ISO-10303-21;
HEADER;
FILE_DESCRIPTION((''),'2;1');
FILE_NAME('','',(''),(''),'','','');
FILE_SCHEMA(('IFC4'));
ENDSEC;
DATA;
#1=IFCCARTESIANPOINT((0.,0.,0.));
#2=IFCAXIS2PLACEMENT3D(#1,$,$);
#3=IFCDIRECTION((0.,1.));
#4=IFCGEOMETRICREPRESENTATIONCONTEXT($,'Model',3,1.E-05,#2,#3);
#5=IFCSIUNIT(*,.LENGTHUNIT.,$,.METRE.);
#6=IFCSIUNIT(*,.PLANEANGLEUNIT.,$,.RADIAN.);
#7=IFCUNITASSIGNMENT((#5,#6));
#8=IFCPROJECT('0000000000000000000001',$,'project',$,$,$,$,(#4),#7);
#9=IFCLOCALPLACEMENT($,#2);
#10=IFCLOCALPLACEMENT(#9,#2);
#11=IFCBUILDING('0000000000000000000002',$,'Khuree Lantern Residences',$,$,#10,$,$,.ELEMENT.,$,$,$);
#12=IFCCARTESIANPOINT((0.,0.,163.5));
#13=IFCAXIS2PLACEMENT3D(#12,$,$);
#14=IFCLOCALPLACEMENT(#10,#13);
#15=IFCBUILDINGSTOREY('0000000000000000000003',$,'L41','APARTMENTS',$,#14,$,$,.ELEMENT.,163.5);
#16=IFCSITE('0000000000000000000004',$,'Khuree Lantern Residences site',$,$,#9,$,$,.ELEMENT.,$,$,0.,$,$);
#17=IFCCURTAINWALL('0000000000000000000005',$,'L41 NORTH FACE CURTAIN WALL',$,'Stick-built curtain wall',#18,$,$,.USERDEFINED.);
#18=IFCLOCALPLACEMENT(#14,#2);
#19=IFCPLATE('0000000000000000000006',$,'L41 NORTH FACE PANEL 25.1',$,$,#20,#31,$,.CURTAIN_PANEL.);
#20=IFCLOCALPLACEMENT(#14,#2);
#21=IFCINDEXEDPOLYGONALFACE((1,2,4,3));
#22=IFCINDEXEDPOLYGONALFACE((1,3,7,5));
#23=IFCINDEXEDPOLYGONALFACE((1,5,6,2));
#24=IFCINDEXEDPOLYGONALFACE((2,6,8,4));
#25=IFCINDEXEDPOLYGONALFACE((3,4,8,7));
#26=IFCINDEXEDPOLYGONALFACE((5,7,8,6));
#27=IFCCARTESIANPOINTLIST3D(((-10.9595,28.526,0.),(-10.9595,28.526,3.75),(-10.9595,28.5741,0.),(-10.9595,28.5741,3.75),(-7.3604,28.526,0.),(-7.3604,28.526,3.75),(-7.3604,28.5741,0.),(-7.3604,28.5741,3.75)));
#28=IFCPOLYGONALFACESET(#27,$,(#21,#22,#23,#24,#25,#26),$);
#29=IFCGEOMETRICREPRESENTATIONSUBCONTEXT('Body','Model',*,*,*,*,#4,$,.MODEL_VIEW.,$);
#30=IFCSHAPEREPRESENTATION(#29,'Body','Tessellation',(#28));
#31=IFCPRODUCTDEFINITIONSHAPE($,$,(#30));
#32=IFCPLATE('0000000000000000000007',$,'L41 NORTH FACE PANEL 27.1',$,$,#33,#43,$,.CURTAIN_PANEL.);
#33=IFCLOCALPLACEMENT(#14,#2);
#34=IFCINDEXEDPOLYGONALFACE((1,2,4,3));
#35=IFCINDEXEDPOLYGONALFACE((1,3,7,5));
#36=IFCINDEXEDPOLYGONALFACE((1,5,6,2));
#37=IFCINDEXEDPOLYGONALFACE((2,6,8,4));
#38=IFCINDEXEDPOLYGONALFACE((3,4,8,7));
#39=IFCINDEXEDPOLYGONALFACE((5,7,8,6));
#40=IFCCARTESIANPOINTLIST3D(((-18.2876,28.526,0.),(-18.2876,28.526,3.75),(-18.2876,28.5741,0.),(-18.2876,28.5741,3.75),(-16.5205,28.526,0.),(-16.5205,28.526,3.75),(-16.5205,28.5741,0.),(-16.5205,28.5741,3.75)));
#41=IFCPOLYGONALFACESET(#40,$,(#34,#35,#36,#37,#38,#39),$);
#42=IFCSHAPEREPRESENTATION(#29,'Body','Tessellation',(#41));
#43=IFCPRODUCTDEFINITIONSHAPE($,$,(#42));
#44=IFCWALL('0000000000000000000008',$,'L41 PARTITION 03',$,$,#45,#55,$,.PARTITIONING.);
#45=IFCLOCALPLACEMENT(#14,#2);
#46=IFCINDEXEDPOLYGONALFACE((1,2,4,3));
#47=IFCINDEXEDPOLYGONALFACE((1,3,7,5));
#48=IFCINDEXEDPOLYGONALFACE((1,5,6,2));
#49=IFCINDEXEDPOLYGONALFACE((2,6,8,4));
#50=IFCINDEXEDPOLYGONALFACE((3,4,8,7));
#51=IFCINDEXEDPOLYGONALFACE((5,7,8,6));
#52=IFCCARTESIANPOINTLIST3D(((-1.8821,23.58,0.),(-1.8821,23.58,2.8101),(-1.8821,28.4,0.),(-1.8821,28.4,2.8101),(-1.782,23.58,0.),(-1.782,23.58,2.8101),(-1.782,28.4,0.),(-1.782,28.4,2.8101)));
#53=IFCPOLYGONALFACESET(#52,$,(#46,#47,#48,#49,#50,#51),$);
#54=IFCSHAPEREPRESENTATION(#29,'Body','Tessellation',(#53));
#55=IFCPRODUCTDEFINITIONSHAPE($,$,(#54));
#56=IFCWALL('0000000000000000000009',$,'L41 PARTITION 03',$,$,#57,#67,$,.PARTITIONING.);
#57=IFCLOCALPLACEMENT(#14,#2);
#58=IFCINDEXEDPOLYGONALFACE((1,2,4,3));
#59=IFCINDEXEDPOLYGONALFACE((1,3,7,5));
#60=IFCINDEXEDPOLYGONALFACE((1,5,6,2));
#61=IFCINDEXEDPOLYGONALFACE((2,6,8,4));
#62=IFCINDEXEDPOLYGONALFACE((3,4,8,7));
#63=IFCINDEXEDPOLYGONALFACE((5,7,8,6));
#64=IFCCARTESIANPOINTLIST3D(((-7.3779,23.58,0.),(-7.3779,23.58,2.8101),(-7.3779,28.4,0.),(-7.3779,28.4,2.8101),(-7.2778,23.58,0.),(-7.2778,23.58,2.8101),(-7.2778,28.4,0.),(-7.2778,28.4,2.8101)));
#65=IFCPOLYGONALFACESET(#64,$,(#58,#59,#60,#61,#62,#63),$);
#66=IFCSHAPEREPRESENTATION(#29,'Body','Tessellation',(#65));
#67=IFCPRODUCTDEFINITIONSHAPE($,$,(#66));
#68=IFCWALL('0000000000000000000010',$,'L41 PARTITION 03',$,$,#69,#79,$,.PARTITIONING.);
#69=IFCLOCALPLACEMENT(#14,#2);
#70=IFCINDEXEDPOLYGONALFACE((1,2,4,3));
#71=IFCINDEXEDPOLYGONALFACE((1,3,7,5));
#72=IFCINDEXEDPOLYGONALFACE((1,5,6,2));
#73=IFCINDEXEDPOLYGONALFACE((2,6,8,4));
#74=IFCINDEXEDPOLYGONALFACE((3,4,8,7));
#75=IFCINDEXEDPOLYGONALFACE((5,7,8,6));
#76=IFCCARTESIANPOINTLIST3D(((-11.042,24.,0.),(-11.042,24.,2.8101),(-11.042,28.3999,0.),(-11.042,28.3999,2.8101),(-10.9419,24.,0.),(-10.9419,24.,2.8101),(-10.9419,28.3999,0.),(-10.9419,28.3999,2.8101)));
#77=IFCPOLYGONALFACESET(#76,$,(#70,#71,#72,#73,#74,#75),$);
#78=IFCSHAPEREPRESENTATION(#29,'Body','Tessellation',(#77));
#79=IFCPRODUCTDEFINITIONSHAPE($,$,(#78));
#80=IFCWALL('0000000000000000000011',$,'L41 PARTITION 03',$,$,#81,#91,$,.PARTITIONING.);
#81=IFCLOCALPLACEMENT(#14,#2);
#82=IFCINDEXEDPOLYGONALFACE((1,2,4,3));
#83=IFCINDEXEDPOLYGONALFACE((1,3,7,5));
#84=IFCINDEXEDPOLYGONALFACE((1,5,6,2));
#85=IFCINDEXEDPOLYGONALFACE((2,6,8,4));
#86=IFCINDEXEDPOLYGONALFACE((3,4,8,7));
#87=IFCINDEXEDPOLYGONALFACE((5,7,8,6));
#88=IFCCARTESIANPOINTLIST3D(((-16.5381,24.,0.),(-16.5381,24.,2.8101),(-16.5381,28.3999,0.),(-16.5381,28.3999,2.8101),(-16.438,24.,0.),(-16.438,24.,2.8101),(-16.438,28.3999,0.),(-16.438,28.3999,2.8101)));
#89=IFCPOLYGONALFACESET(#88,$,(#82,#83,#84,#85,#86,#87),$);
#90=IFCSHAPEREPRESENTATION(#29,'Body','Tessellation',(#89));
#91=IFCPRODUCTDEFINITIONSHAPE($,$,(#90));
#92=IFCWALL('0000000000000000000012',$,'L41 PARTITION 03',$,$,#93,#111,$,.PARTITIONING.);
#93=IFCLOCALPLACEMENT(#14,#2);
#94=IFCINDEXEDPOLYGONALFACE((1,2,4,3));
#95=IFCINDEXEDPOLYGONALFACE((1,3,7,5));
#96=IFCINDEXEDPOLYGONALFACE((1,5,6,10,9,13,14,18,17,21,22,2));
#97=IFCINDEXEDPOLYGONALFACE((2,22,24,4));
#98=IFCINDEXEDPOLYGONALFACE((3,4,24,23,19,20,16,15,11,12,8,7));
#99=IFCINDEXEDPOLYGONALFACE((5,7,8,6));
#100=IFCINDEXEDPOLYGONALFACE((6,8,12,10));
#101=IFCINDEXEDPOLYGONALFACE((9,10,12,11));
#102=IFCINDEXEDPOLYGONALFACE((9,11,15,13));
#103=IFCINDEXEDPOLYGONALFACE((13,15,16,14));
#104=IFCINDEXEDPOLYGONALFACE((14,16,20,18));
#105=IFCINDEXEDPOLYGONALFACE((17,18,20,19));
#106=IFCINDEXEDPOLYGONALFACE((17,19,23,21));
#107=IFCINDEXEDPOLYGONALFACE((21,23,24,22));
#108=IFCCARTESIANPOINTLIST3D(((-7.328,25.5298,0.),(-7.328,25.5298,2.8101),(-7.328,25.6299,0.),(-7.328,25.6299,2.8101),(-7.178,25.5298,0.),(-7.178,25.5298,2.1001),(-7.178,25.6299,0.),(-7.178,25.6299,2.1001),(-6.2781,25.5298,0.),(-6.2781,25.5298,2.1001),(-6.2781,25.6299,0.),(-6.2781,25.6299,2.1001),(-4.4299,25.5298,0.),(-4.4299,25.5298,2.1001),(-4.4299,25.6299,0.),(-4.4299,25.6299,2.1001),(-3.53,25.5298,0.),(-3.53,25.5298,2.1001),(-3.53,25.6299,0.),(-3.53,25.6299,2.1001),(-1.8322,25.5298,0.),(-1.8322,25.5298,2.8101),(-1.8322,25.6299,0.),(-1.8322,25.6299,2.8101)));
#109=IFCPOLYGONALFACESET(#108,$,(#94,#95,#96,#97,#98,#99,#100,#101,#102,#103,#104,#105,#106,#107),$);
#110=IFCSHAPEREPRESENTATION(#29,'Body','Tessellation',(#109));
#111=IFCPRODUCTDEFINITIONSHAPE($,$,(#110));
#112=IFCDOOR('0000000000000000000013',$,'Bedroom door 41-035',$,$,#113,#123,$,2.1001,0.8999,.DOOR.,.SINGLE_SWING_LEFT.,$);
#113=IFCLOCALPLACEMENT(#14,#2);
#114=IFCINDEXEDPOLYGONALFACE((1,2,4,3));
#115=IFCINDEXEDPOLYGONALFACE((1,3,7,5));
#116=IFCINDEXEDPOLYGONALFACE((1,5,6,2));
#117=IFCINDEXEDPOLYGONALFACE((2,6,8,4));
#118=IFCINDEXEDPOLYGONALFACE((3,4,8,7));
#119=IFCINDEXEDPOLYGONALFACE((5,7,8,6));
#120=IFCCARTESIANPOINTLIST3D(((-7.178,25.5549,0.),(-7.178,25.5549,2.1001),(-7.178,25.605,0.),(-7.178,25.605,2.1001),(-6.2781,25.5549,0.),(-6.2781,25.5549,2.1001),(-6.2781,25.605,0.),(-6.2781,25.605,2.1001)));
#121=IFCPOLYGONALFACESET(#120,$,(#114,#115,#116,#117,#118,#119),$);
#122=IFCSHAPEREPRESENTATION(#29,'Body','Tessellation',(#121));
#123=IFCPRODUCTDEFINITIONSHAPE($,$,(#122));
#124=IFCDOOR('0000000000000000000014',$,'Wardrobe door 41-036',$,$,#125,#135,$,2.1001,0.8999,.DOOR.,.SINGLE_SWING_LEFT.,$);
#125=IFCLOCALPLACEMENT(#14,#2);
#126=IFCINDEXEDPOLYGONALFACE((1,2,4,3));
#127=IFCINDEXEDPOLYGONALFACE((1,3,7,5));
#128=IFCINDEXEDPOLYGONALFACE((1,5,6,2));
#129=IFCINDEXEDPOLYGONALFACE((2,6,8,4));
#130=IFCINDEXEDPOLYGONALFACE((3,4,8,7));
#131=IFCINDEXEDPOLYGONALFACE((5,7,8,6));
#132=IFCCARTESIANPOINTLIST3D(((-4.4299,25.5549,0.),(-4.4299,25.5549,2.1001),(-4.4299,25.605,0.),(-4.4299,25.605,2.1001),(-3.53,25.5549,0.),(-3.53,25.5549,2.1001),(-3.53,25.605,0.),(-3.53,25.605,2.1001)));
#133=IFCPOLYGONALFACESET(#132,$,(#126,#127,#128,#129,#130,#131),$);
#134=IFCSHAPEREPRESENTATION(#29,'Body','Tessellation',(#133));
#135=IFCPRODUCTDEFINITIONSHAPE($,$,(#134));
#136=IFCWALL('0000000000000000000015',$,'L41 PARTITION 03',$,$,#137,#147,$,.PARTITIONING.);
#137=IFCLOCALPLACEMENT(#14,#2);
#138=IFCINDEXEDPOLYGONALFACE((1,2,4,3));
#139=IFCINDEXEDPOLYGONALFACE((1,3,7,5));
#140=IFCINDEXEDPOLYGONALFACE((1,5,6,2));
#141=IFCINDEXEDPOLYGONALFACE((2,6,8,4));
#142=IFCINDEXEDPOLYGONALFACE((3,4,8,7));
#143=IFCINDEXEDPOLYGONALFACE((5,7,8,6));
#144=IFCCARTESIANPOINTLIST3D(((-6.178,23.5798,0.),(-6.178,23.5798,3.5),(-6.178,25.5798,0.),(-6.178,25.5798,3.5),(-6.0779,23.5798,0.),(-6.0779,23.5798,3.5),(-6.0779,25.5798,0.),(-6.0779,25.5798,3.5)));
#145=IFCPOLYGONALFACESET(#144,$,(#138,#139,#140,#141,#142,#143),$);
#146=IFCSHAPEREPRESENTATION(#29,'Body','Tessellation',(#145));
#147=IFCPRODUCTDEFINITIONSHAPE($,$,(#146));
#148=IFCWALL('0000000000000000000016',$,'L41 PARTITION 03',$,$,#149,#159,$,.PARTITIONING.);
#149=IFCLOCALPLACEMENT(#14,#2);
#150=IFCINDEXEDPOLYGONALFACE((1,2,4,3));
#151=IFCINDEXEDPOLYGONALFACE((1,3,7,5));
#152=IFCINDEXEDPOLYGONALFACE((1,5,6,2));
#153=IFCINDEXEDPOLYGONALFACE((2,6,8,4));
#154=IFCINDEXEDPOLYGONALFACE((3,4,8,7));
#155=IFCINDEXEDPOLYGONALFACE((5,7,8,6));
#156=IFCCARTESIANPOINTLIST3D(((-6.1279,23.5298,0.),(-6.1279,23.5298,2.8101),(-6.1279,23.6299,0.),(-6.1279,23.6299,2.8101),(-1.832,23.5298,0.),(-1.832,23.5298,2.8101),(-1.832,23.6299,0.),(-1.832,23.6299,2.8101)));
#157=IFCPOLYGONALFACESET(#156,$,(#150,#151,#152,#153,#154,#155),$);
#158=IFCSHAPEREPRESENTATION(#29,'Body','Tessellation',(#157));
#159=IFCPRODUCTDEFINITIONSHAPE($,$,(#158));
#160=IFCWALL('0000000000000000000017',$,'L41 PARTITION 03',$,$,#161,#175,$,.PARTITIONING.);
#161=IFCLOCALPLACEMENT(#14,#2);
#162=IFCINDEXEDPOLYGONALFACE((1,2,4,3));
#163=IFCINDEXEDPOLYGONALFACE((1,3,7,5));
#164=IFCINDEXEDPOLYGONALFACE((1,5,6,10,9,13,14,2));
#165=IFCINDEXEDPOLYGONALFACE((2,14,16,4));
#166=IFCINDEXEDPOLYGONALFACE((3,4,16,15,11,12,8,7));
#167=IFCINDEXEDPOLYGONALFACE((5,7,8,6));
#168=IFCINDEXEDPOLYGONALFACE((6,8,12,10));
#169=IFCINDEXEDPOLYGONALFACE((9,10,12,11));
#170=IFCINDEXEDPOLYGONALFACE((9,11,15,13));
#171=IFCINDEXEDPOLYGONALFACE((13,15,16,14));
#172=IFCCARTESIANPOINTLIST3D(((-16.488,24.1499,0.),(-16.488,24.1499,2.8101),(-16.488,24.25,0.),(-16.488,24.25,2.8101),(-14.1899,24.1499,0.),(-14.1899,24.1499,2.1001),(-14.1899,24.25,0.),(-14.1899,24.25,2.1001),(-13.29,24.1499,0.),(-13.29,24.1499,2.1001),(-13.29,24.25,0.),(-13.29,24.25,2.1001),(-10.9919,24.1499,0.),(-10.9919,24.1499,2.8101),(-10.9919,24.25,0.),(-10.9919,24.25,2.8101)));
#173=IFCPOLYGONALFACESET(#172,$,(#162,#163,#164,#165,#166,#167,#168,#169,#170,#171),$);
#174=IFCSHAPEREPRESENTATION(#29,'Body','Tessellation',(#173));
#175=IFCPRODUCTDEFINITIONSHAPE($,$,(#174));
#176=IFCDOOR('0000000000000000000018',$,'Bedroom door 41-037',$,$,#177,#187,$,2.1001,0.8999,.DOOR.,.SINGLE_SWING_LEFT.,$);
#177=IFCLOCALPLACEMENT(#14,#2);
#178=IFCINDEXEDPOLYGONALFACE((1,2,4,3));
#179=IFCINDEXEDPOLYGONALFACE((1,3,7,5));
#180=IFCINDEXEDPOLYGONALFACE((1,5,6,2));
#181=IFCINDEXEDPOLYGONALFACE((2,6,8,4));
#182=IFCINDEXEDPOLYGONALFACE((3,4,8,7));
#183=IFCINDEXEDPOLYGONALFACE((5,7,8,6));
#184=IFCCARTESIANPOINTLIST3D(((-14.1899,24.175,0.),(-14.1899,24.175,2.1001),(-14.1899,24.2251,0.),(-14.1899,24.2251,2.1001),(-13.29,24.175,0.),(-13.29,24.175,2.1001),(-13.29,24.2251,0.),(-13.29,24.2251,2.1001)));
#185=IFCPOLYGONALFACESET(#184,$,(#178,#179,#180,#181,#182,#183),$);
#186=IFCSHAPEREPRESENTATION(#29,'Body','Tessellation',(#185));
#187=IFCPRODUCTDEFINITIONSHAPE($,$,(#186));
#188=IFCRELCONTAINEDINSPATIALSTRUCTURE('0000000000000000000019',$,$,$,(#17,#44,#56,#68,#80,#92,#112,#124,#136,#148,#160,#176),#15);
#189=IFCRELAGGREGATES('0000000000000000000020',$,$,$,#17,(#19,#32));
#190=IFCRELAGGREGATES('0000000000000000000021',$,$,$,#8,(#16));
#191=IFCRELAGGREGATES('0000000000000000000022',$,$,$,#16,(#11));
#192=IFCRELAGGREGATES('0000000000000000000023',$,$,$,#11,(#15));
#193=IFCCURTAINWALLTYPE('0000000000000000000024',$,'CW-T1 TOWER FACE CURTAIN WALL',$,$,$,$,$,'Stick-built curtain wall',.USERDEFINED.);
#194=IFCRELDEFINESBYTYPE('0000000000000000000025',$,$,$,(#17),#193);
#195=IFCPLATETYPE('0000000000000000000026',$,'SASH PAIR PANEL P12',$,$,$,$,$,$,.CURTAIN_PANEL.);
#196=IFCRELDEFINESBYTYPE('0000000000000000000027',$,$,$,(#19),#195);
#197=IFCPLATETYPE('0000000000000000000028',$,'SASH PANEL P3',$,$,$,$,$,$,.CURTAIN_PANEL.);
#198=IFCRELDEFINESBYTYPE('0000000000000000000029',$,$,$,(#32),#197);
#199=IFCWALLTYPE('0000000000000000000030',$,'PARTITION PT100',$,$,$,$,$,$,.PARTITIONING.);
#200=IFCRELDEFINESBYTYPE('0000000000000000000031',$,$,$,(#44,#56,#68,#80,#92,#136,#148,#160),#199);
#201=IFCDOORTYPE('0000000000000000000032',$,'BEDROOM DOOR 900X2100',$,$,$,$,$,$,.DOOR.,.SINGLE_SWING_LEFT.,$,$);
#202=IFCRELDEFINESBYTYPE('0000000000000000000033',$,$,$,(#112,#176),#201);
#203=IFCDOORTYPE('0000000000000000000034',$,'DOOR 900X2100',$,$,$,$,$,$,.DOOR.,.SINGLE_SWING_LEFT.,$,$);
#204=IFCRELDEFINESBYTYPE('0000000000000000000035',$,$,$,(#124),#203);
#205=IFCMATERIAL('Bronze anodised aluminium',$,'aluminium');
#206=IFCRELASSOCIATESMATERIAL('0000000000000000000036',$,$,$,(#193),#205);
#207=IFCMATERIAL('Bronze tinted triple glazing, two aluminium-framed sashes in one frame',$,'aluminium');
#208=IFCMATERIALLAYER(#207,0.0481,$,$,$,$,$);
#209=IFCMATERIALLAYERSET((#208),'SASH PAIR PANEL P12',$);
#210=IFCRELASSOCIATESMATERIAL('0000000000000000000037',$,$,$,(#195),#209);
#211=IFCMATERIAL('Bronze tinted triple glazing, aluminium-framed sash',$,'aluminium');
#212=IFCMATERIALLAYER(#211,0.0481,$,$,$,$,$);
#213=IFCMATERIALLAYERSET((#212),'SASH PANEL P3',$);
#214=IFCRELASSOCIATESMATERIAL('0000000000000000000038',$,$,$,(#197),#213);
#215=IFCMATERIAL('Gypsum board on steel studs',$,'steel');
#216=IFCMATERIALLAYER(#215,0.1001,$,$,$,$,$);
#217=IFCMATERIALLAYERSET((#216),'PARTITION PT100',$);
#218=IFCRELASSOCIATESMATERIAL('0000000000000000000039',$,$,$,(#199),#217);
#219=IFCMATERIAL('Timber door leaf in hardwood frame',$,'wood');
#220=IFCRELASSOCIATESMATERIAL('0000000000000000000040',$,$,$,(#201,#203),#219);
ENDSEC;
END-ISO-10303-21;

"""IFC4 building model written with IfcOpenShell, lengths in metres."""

from ifc_helpers import new_model, si_unit, direction, frame, frame_2d, origin, origin_2d, place, context, subcontext, project, spatial, rectangle, extrude, material, layer, layer_set, type_object, element, fill, aggregate, save


model = new_model("IFC4")

# Units and contexts
model_context = context("Model", 3, precision=1e-05, world=origin(), true_north=direction((0.0, 1.0)))
body_context = subcontext(model_context, "Body", "Model", "MODEL_VIEW")
ifc_project = project(units=[si_unit("LENGTHUNIT", "METRE"), si_unit("PLANEANGLEUNIT", "RADIAN")], contexts=[model_context])

# Site, building, storey
site_placement = place(None, origin())
site = spatial("IfcSite", under=ifc_project, at=site_placement, Name="Khuree Lantern Residences site", CompositionType="ELEMENT", RefElevation=0.0)
building_placement = place(site_placement, origin())
building = spatial("IfcBuilding", under=site, at=building_placement, Name="Khuree Lantern Residences", CompositionType="ELEMENT")
storey_placement = place(building_placement, frame((0.0, 0.0, 163.5)))
storey = spatial("IfcBuildingStorey", under=building, at=storey_placement, Name="L41", Description="APARTMENTS", CompositionType="ELEMENT", Elevation=163.5)

# Curtain wall
ifc_material_1 = material(Name="Bronze anodised aluminium", Category="aluminium")
curtain_wall_type = type_object("IfcCurtainWallType", Name="CW-T1 TOWER FACE CURTAIN WALL", ElementType="Stick-built curtain wall", PredefinedType="USERDEFINED", material=ifc_material_1)
curtain_wall_placement = place(storey_placement, origin())
curtain_wall = element("IfcCurtainWall", 1, at=curtain_wall_placement, inside=storey, type_object=curtain_wall_type, Name="L41 NORTH FACE CURTAIN WALL", ObjectType="Stick-built curtain wall", PredefinedType="USERDEFINED")

# Plates
ifc_material_2 = material(Name="Bronze tinted triple glazing, two aluminium-framed sashes in one frame", Category="aluminium")
ifc_layer_1 = layer(ifc_material_2, 0.0481)
ifc_layer_set_1 = layer_set([ifc_layer_1], Name="SASH PAIR PANEL P12")
plate_type_1 = type_object("IfcPlateType", Name="SASH PAIR PANEL P12", PredefinedType="CURTAIN_PANEL", material=ifc_layer_set_1)
plate_1_placement = place(storey_placement, frame((-9.1599, 28.55, 0.0), z_axis=(0.0, 0.0, 1.0), x_axis=(-1.0, 0.0, 0.0)))
plate_1 = element("IfcPlate", 2, at=plate_1_placement, type_object=plate_type_1, Name="L41 NORTH FACE PANEL 25.1", PredefinedType="CURTAIN_PANEL", context=body_context, shape_type="SweptSolid", body=[
    extrude(rectangle(XDim=3.5991, YDim=0.0481, at=origin_2d()), origin(), (0.0, 0.0, 1.0), 3.75),
])
ifc_material_3 = material(Name="Bronze tinted triple glazing, aluminium-framed sash", Category="aluminium")
ifc_layer_2 = layer(ifc_material_3, 0.0481)
ifc_layer_set_2 = layer_set([ifc_layer_2], Name="SASH PANEL P3")
plate_type_2 = type_object("IfcPlateType", Name="SASH PANEL P3", PredefinedType="CURTAIN_PANEL", material=ifc_layer_set_2)
plate_2_placement = place(storey_placement, frame((-17.4041, 28.55, 0.0), z_axis=(0.0, 0.0, 1.0), x_axis=(-1.0, 0.0, 0.0)))
plate_2 = element("IfcPlate", 3, at=plate_2_placement, type_object=plate_type_2, Name="L41 NORTH FACE PANEL 27.1", PredefinedType="CURTAIN_PANEL", context=body_context, shape_type="SweptSolid", body=[
    extrude(rectangle(XDim=1.7671, YDim=0.0481, at=origin_2d()), origin(), (0.0, 0.0, 1.0), 3.75),
])
aggregate(curtain_wall, [plate_1, plate_2])

# Walls
ifc_material_4 = material(Name="Gypsum board on steel studs", Category="steel")
ifc_layer_3 = layer(ifc_material_4, 0.1001)
ifc_layer_set_3 = layer_set([ifc_layer_3], Name="PARTITION PT100")
wall_type = type_object("IfcWallType", Name="PARTITION PT100", PredefinedType="PARTITIONING", material=ifc_layer_set_3)
for number, where, z_axis, x_axis, name in (
    (4, (-1.832, 23.5798, 0.0), (0.0, 0.0, 1.0), (0.0, 1.0, 0.0), "L41 PARTITION 03"),
    (5, (-7.3279, 23.5798, 0.0), (0.0, 0.0, 1.0), (0.0, 1.0, 0.0), "L41 PARTITION 03"),
):
    element("IfcWall", number, at=place(storey_placement, frame(where, z_axis=z_axis, x_axis=x_axis)), inside=storey, type_object=wall_type, Name=name, PredefinedType="PARTITIONING", context=body_context, shape_type="SweptSolid", body=[
        extrude(rectangle(XDim=4.8201, YDim=0.1001, at=frame_2d((2.4102, 0.0))), origin(), (0.0, 0.0, 1.0), 2.8101),
    ])
for number, where, z_axis, x_axis, name in (
    (6, (-10.9919, 24.0, 0.0), (0.0, 0.0, 1.0), (0.0, 1.0, 0.0), "L41 PARTITION 03"),
    (7, (-16.488, 24.0, 0.0), (0.0, 0.0, 1.0), (0.0, 1.0, 0.0), "L41 PARTITION 03"),
):
    element("IfcWall", number, at=place(storey_placement, frame(where, z_axis=z_axis, x_axis=x_axis)), inside=storey, type_object=wall_type, Name=name, PredefinedType="PARTITIONING", context=body_context, shape_type="SweptSolid", body=[
        extrude(rectangle(XDim=4.3999, YDim=0.1001, at=frame_2d((2.2, 0.0))), origin(), (0.0, 0.0, 1.0), 2.8101),
    ])

# Wall, openings, doors
wall_1_placement = place(storey_placement, frame((-1.832, 25.5798, 0.0), z_axis=(0.0, 0.0, 1.0), x_axis=(-1.0, 0.0, 0.0)))
wall_1 = element("IfcWall", 8, at=wall_1_placement, inside=storey, type_object=wall_type, Name="L41 PARTITION 03", PredefinedType="PARTITIONING", context=body_context, shape_type="SweptSolid", body=[
    extrude(rectangle(XDim=5.4958, YDim=0.1001, at=frame_2d((2.748, 0.0))), origin(), (0.0, 0.0, 1.0), 2.8101),
])
opening_1_placement = place(wall_1_placement, frame((4.446, 0.0, 0.0)))
opening_1 = element("IfcOpeningElement", 9, at=opening_1_placement, cuts=wall_1, PredefinedType="OPENING", context=body_context, shape_type="SweptSolid", body=[
    extrude(rectangle(XDim=0.8999, YDim=2.1001, at=frame_2d((0.45, 1.05))), frame((0.0, 0.0601, 0.0), z_axis=(0.0, -1.0, 0.0), x_axis=(1.0, 0.0, 0.0)), (0.0, 0.0, 1.0), 0.1201),
])
opening_2_placement = place(wall_1_placement, frame((1.698, 0.0, 0.0)))
opening_2 = element("IfcOpeningElement", 10, at=opening_2_placement, cuts=wall_1, PredefinedType="OPENING", context=body_context, shape_type="SweptSolid", body=[
    extrude(rectangle(XDim=0.8999, YDim=2.1001, at=frame_2d((0.45, 1.05))), frame((0.0, 0.0601, 0.0), z_axis=(0.0, -1.0, 0.0), x_axis=(1.0, 0.0, 0.0)), (0.0, 0.0, 1.0), 0.1201),
])
ifc_material_5 = material(Name="Timber door leaf in hardwood frame", Category="wood")
door_type_1 = type_object("IfcDoorType", Name="BEDROOM DOOR 900X2100", OperationType="SINGLE_SWING_LEFT", PredefinedType="DOOR", material=ifc_material_5)
door_1_placement = place(opening_1_placement, origin())
door_1 = element("IfcDoor", 11, at=door_1_placement, inside=storey, type_object=door_type_1, Name="Bedroom door 41-035", OperationType="SINGLE_SWING_LEFT", OverallHeight=2.1001, OverallWidth=0.8999, PredefinedType="DOOR", context=body_context, shape_type="SweptSolid", body=[
    extrude(rectangle(XDim=0.8999, YDim=2.1001, at=frame_2d((0.45, 1.05))), frame((0.0, 0.0249, 0.0), z_axis=(0.0, -1.0, 0.0), x_axis=(1.0, 0.0, 0.0)), (0.0, 0.0, 1.0), 0.05),
])
fill(opening_1, door_1)
door_type_2 = type_object("IfcDoorType", Name="DOOR 900X2100", OperationType="SINGLE_SWING_LEFT", PredefinedType="DOOR", material=ifc_material_5)
door_2_placement = place(opening_2_placement, origin())
door_2 = element("IfcDoor", 12, at=door_2_placement, inside=storey, type_object=door_type_2, Name="Wardrobe door 41-036", OperationType="SINGLE_SWING_LEFT", OverallHeight=2.1001, OverallWidth=0.8999, PredefinedType="DOOR", context=body_context, shape_type="SweptSolid", body=[
    extrude(rectangle(XDim=0.8999, YDim=2.1001, at=frame_2d((0.45, 1.05))), frame((0.0, 0.0249, 0.0), z_axis=(0.0, -1.0, 0.0), x_axis=(1.0, 0.0, 0.0)), (0.0, 0.0, 1.0), 0.05),
])
fill(opening_2, door_2)

# Walls
wall_2_placement = place(storey_placement, frame((-6.1279, 23.5798, 0.0), z_axis=(0.0, 0.0, 1.0), x_axis=(0.0, 1.0, 0.0)))
element("IfcWall", 13, at=wall_2_placement, inside=storey, type_object=wall_type, Name="L41 PARTITION 03", PredefinedType="PARTITIONING", context=body_context, shape_type="SweptSolid", body=[
    extrude(rectangle(XDim=2.0, YDim=0.1001, at=frame_2d((1.0, 0.0))), origin(), (0.0, 0.0, 1.0), 3.5),
])
wall_3_placement = place(storey_placement, frame((-1.832, 23.5798, 0.0), z_axis=(0.0, 0.0, 1.0), x_axis=(-1.0, 0.0, 0.0)))
element("IfcWall", 14, at=wall_3_placement, inside=storey, type_object=wall_type, Name="L41 PARTITION 03", PredefinedType="PARTITIONING", context=body_context, shape_type="SweptSolid", body=[
    extrude(rectangle(XDim=4.2959, YDim=0.1001, at=frame_2d((2.1479, 0.0))), origin(), (0.0, 0.0, 1.0), 2.8101),
])

# Wall, opening, door
wall_4_placement = place(storey_placement, frame((-10.9919, 24.2, 0.0), z_axis=(0.0, 0.0, 1.0), x_axis=(-1.0, 0.0, 0.0)))
wall_4 = element("IfcWall", 15, at=wall_4_placement, inside=storey, type_object=wall_type, Name="L41 PARTITION 03", PredefinedType="PARTITIONING", context=body_context, shape_type="SweptSolid", body=[
    extrude(rectangle(XDim=5.4961, YDim=0.1001, at=frame_2d((2.748, 0.0))), origin(), (0.0, 0.0, 1.0), 2.8101),
])
opening_3_placement = place(wall_4_placement, frame((2.2981, 0.0, 0.0)))
opening_3 = element("IfcOpeningElement", 16, at=opening_3_placement, cuts=wall_4, PredefinedType="OPENING", context=body_context, shape_type="SweptSolid", body=[
    extrude(rectangle(XDim=0.8999, YDim=2.1001, at=frame_2d((0.45, 1.05))), frame((0.0, 0.0601, 0.0), z_axis=(0.0, -1.0, 0.0), x_axis=(1.0, 0.0, 0.0)), (0.0, 0.0, 1.0), 0.1201),
])
door_3_placement = place(opening_3_placement, origin())
door_3 = element("IfcDoor", 17, at=door_3_placement, inside=storey, type_object=door_type_1, Name="Bedroom door 41-037", OperationType="SINGLE_SWING_LEFT", OverallHeight=2.1001, OverallWidth=0.8999, PredefinedType="DOOR", context=body_context, shape_type="SweptSolid", body=[
    extrude(rectangle(XDim=0.8999, YDim=2.1001, at=frame_2d((0.45, 1.05))), frame((0.0, 0.0249, 0.0), z_axis=(0.0, -1.0, 0.0), x_axis=(1.0, 0.0, 0.0)), (0.0, 0.0, 1.0), 0.05),
])
fill(opening_3, door_3)

save(model, "model.ifc")
